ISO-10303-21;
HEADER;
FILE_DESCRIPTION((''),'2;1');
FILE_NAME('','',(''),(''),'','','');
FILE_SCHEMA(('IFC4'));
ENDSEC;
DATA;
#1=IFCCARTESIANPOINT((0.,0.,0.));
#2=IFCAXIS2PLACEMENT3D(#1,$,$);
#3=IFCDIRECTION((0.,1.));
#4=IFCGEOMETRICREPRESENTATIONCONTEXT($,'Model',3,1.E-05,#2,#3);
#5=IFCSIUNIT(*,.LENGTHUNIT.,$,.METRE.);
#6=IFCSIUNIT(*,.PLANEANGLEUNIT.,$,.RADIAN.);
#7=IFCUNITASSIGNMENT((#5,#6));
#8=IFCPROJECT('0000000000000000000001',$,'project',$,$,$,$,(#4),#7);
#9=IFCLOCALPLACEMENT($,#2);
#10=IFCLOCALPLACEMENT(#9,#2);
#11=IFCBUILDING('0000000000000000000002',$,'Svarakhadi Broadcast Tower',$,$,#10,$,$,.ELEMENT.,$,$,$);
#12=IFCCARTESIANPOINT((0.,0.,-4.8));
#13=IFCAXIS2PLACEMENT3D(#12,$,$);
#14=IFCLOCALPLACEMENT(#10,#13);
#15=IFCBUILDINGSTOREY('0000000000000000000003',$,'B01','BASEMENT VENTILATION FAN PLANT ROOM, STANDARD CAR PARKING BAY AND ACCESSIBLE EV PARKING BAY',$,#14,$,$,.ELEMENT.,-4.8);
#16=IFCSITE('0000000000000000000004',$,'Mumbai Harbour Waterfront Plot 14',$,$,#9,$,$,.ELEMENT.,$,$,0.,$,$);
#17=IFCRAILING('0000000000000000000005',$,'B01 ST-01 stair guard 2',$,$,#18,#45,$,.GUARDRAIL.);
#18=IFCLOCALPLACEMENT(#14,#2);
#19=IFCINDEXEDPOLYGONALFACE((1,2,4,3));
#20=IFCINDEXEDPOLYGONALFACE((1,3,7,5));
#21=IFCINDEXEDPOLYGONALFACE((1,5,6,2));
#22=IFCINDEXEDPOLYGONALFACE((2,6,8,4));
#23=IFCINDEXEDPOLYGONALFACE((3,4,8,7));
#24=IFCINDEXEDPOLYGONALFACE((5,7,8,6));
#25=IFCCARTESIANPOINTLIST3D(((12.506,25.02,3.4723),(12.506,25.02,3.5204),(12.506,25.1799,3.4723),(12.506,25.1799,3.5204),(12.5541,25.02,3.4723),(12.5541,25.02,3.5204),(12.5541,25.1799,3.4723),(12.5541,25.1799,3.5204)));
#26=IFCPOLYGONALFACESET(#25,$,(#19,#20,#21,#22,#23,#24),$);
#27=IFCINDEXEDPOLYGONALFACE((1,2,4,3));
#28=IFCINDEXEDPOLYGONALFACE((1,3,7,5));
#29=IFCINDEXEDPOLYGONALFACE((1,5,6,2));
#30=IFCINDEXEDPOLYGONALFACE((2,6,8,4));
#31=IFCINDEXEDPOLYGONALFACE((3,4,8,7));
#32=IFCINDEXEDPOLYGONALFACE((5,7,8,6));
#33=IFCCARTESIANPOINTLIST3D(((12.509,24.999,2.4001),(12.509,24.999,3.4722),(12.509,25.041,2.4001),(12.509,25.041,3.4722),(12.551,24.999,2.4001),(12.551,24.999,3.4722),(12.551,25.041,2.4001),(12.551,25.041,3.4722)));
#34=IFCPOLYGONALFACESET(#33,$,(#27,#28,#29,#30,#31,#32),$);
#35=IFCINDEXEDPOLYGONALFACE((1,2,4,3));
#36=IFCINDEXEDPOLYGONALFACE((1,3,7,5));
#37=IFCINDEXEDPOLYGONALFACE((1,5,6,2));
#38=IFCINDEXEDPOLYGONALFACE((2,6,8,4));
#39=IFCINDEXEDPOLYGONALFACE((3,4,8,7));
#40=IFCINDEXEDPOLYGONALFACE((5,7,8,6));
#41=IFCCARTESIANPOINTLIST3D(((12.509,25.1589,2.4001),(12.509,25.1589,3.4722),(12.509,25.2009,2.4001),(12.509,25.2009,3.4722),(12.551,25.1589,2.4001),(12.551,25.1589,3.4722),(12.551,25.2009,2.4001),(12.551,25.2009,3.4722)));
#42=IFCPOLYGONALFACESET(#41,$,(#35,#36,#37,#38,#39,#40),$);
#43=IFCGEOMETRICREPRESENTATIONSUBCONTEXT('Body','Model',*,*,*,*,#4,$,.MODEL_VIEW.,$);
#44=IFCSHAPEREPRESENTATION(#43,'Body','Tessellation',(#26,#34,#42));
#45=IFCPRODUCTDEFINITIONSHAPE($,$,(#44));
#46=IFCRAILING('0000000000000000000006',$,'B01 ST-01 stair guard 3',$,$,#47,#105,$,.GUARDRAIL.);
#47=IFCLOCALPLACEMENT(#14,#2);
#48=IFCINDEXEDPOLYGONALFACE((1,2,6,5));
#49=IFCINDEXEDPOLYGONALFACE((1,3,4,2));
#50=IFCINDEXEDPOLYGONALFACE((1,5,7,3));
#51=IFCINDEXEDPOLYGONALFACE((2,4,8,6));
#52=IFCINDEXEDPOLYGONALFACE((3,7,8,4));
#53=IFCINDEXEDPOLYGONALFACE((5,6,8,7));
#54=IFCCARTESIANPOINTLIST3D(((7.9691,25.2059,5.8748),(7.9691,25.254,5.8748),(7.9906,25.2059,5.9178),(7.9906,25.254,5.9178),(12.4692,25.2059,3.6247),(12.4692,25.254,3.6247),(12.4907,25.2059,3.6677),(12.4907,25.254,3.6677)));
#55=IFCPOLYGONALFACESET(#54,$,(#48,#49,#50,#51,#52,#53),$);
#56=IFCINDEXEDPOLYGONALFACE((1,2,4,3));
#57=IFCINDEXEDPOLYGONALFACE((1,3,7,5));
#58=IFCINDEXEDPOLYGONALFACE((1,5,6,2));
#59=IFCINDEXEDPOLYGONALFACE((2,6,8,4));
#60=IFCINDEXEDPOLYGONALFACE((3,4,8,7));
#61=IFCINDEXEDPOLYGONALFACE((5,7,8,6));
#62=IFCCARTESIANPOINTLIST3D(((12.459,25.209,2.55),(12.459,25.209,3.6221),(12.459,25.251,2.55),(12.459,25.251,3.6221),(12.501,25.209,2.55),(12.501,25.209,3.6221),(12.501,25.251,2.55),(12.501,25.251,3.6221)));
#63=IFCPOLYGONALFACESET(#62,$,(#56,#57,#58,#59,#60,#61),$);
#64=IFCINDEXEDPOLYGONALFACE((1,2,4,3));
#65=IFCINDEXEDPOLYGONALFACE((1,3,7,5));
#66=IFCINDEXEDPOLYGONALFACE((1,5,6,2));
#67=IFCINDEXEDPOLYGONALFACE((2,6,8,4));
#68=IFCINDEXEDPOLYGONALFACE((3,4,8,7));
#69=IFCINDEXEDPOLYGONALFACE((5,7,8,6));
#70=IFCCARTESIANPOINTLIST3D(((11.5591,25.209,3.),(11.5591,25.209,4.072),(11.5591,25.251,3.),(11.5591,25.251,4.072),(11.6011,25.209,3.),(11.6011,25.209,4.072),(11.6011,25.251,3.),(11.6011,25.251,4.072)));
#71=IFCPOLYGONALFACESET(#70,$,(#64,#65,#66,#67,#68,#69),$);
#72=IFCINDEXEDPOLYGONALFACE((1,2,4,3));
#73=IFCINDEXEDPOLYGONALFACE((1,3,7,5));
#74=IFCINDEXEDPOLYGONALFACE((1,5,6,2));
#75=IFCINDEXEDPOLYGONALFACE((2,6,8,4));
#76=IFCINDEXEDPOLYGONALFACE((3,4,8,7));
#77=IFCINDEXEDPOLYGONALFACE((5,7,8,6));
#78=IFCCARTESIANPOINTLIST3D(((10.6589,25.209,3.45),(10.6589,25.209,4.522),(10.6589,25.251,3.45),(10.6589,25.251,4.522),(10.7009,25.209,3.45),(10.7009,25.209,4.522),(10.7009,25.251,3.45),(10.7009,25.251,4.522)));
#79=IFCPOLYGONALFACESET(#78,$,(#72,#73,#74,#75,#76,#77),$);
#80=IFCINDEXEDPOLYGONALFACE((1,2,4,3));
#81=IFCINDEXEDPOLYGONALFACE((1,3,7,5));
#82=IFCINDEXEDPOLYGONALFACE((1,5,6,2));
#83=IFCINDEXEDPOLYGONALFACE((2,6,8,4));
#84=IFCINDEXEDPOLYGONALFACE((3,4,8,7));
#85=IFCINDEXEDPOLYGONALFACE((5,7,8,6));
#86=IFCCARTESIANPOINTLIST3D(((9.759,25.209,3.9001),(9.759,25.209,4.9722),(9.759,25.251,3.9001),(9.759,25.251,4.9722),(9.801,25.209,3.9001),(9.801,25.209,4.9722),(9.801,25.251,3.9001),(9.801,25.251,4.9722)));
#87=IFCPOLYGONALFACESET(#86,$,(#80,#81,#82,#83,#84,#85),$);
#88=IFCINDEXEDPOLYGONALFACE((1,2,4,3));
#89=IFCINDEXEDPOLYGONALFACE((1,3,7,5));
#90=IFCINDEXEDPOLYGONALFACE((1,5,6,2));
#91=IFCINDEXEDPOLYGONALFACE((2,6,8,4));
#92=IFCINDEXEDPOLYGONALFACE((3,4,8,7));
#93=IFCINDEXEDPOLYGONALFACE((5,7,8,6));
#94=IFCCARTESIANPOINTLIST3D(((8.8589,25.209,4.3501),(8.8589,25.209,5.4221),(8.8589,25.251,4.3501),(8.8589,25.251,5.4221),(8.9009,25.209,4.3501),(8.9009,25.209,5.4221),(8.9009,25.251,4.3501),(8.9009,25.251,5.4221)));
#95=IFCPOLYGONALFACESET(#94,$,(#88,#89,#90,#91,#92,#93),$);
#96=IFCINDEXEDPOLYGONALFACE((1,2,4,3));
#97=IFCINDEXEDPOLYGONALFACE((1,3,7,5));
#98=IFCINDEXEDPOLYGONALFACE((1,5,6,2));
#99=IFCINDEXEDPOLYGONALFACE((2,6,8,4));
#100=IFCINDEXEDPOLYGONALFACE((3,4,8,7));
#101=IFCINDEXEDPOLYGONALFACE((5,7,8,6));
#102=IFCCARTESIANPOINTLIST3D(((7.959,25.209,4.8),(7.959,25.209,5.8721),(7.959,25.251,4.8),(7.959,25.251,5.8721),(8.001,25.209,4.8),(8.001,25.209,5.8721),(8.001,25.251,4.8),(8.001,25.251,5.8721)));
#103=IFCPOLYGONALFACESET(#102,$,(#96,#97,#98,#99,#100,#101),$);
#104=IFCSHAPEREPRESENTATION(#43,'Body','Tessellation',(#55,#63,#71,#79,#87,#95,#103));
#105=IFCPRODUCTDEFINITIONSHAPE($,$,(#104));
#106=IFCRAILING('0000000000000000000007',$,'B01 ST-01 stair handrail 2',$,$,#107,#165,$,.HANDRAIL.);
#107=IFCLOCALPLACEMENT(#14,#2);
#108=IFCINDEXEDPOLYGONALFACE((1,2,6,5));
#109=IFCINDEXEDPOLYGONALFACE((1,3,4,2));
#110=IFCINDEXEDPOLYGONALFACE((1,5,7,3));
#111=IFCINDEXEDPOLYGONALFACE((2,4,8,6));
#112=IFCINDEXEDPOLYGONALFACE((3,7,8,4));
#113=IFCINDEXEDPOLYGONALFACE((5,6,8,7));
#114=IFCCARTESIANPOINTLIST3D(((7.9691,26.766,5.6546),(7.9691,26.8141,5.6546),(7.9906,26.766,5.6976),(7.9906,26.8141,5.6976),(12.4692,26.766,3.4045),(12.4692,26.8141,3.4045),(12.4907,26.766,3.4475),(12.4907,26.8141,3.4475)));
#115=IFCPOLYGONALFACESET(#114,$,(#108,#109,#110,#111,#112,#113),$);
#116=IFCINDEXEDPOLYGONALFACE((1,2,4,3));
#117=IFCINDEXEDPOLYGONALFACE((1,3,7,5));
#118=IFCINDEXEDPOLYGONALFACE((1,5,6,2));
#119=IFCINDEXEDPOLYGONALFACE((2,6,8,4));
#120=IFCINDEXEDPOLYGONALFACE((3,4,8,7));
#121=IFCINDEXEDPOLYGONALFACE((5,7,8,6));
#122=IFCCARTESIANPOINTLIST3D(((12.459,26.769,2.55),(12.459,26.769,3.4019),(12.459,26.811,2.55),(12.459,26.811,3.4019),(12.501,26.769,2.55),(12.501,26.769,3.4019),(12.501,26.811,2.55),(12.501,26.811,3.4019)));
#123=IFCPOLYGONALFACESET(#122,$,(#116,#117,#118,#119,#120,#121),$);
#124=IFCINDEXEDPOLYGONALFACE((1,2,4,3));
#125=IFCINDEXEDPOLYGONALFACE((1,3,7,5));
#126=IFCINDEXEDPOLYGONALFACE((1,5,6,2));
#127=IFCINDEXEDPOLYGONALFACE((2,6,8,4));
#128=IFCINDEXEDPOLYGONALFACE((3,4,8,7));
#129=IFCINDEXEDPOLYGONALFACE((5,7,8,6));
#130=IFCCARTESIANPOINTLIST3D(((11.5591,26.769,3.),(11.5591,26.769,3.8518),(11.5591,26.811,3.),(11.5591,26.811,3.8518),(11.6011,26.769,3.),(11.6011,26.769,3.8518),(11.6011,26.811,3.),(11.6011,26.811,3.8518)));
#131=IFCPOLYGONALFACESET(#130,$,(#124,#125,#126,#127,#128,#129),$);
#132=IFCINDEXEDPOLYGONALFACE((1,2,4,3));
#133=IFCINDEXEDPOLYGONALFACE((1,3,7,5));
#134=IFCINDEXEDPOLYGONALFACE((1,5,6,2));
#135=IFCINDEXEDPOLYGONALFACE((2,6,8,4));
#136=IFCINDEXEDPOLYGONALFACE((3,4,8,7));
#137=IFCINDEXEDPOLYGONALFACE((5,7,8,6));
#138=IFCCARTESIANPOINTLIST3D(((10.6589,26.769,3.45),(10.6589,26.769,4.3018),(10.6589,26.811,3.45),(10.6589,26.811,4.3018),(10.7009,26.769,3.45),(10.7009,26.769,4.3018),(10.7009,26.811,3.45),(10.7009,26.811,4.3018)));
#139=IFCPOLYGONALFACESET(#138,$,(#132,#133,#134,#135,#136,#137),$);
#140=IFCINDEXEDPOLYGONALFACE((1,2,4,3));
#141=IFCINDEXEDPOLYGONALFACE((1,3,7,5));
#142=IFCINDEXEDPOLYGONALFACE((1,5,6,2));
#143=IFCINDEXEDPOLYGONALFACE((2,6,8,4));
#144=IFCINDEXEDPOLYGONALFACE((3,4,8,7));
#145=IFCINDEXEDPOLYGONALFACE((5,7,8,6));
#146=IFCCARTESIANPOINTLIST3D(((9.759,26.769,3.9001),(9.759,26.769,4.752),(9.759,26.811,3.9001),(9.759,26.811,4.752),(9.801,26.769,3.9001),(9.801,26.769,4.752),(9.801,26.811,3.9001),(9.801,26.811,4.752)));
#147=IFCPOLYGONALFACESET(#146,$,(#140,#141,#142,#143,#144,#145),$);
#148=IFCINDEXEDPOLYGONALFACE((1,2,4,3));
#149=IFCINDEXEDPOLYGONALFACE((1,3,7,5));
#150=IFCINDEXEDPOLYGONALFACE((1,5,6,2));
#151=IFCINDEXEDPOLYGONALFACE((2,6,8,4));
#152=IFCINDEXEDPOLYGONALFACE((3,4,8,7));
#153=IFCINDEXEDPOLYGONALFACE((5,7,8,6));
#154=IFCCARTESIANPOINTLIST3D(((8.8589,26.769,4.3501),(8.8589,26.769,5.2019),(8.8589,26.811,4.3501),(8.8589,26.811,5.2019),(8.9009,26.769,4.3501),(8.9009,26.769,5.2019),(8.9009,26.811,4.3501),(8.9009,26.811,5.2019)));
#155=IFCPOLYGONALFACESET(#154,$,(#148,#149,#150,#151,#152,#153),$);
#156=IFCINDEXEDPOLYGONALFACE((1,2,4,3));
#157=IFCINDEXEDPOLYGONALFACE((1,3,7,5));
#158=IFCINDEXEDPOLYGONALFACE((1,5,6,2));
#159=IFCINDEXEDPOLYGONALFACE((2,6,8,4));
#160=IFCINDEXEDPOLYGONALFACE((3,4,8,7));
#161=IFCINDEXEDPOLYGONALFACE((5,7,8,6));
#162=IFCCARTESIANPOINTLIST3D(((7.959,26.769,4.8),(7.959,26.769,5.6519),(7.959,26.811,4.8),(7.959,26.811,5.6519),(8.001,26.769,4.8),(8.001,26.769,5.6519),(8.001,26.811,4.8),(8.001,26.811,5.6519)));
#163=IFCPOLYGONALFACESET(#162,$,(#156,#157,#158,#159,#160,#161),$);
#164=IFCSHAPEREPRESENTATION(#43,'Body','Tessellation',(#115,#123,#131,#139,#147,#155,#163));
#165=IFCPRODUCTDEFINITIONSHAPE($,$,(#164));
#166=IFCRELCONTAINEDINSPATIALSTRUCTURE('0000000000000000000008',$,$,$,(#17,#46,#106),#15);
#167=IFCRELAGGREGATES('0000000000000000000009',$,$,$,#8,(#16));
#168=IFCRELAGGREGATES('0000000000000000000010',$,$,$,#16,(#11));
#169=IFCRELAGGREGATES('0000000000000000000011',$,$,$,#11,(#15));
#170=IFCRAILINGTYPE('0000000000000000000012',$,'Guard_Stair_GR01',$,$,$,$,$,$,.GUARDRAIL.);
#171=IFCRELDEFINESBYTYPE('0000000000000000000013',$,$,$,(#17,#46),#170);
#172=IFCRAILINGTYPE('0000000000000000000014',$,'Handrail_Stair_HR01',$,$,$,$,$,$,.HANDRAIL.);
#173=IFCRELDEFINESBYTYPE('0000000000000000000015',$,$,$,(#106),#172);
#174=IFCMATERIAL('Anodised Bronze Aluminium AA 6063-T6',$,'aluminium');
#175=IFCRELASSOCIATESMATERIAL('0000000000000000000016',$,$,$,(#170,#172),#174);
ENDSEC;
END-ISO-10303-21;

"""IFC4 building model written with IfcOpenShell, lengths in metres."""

from ifc_helpers import new_model, si_unit, direction, frame, origin, origin_2d, place, context, subcontext, project, spatial, rectangle, extrude, material, type_object, element, save


model = new_model("IFC4")

# Units and contexts
model_context = context("Model", 3, precision=1e-05, world=origin(), true_north=direction((0.0, 1.0)))
body_context = subcontext(model_context, "Body", "Model", "MODEL_VIEW")
ifc_project = project(units=[si_unit("LENGTHUNIT", "METRE"), si_unit("PLANEANGLEUNIT", "RADIAN")], contexts=[model_context])

# Site, building, storey
site_placement = place(None, origin())
site = spatial("IfcSite", under=ifc_project, at=site_placement, Name="Mumbai Harbour Waterfront Plot 14", CompositionType="ELEMENT", RefElevation=0.0)
building_placement = place(site_placement, origin())
building = spatial("IfcBuilding", under=site, at=building_placement, Name="Svarakhadi Broadcast Tower", CompositionType="ELEMENT")
storey_placement = place(building_placement, frame((0.0, 0.0, -4.8)))
storey = spatial("IfcBuildingStorey", under=building, at=storey_placement, Name="B01", Description="BASEMENT VENTILATION FAN PLANT ROOM, STANDARD CAR PARKING BAY AND ACCESSIBLE EV PARKING BAY", CompositionType="ELEMENT", Elevation=-4.8)

# Railings
ifc_material_1 = material(Name="Anodised Bronze Aluminium AA 6063-T6", Category="aluminium")
railing_type_1 = type_object("IfcRailingType", Name="Guard_Stair_GR01", PredefinedType="GUARDRAIL", material=ifc_material_1)
railing_1_placement = place(storey_placement, frame((12.53, 25.02, 2.4001)))
element("IfcRailing", 1, at=railing_1_placement, inside=storey, type_object=railing_type_1, Name="B01 ST-01 stair guard 2", PredefinedType="GUARDRAIL", context=body_context, shape_type="SweptSolid", body=[
    extrude(rectangle(XDim=0.0481, YDim=0.0481, at=origin_2d()), frame((0.0, 0.0, 1.0962), z_axis=(0.0, 1.0, 0.0), x_axis=(-1.0, 0.0, 0.0)), (0.0, 0.0, 1.0), 0.1599),
    extrude(rectangle(XDim=0.042, YDim=0.042, at=origin_2d()), origin(), (0.0, 0.0, 1.0), 1.072),
    extrude(rectangle(XDim=0.042, YDim=0.042, at=origin_2d()), frame((0.0, 0.1599, 0.0)), (0.0, 0.0, 1.0), 1.072),
])
railing_2_placement = place(storey_placement, frame((12.48, 25.23, 2.55)))
element("IfcRailing", 2, at=railing_2_placement, inside=storey, type_object=railing_type_1, Name="B01 ST-01 stair guard 3", PredefinedType="GUARDRAIL", context=body_context, shape_type="SweptSolid", body=[
    extrude(rectangle(XDim=0.0481, YDim=0.0481, at=origin_2d()), frame((0.0, 0.0, 1.0962), z_axis=(-0.894427, 0.0, 0.447214), x_axis=(0.0, -1.0, 0.0)), (0.0, 0.0, 1.0), 5.0312),
    extrude(rectangle(XDim=0.042, YDim=0.042, at=origin_2d()), origin(), (0.0, 0.0, 1.0), 1.072),
    extrude(rectangle(XDim=0.042, YDim=0.042, at=origin_2d()), frame((-0.8999, 0.0, 0.45)), (0.0, 0.0, 1.0), 1.072),
    extrude(rectangle(XDim=0.042, YDim=0.042, at=origin_2d()), frame((-1.8, 0.0, 0.8999)), (0.0, 0.0, 1.0), 1.072),
    extrude(rectangle(XDim=0.042, YDim=0.042, at=origin_2d()), frame((-2.7, 0.0, 1.3501)), (0.0, 0.0, 1.0), 1.072),
    extrude(rectangle(XDim=0.042, YDim=0.042, at=origin_2d()), frame((-3.6001, 0.0, 1.8)), (0.0, 0.0, 1.0), 1.072),
    extrude(rectangle(XDim=0.042, YDim=0.042, at=origin_2d()), frame((-4.5, 0.0, 2.25)), (0.0, 0.0, 1.0), 1.072),
])
railing_type_2 = type_object("IfcRailingType", Name="Handrail_Stair_HR01", PredefinedType="HANDRAIL", material=ifc_material_1)
railing_3_placement = place(storey_placement, frame((12.48, 26.79, 2.55)))
element("IfcRailing", 3, at=railing_3_placement, inside=storey, type_object=railing_type_2, Name="B01 ST-01 stair handrail 2", PredefinedType="HANDRAIL", context=body_context, shape_type="SweptSolid", body=[
    extrude(rectangle(XDim=0.0481, YDim=0.0481, at=origin_2d()), frame((0.0, 0.0, 0.876), z_axis=(-0.894427, 0.0, 0.447214), x_axis=(0.0, -1.0, 0.0)), (0.0, 0.0, 1.0), 5.0312),
    extrude(rectangle(XDim=0.042, YDim=0.042, at=origin_2d()), origin(), (0.0, 0.0, 1.0), 0.8518),
    extrude(rectangle(XDim=0.042, YDim=0.042, at=origin_2d()), frame((-0.8999, 0.0, 0.45)), (0.0, 0.0, 1.0), 0.8518),
    extrude(rectangle(XDim=0.042, YDim=0.042, at=origin_2d()), frame((-1.8, 0.0, 0.8999)), (0.0, 0.0, 1.0), 0.8518),
    extrude(rectangle(XDim=0.042, YDim=0.042, at=origin_2d()), frame((-2.7, 0.0, 1.3501)), (0.0, 0.0, 1.0), 0.8518),
    extrude(rectangle(XDim=0.042, YDim=0.042, at=origin_2d()), frame((-3.6001, 0.0, 1.8)), (0.0, 0.0, 1.0), 0.8518),
    extrude(rectangle(XDim=0.042, YDim=0.042, at=origin_2d()), frame((-4.5, 0.0, 2.25)), (0.0, 0.0, 1.0), 0.8518),
])

save(model, "model.ifc")
